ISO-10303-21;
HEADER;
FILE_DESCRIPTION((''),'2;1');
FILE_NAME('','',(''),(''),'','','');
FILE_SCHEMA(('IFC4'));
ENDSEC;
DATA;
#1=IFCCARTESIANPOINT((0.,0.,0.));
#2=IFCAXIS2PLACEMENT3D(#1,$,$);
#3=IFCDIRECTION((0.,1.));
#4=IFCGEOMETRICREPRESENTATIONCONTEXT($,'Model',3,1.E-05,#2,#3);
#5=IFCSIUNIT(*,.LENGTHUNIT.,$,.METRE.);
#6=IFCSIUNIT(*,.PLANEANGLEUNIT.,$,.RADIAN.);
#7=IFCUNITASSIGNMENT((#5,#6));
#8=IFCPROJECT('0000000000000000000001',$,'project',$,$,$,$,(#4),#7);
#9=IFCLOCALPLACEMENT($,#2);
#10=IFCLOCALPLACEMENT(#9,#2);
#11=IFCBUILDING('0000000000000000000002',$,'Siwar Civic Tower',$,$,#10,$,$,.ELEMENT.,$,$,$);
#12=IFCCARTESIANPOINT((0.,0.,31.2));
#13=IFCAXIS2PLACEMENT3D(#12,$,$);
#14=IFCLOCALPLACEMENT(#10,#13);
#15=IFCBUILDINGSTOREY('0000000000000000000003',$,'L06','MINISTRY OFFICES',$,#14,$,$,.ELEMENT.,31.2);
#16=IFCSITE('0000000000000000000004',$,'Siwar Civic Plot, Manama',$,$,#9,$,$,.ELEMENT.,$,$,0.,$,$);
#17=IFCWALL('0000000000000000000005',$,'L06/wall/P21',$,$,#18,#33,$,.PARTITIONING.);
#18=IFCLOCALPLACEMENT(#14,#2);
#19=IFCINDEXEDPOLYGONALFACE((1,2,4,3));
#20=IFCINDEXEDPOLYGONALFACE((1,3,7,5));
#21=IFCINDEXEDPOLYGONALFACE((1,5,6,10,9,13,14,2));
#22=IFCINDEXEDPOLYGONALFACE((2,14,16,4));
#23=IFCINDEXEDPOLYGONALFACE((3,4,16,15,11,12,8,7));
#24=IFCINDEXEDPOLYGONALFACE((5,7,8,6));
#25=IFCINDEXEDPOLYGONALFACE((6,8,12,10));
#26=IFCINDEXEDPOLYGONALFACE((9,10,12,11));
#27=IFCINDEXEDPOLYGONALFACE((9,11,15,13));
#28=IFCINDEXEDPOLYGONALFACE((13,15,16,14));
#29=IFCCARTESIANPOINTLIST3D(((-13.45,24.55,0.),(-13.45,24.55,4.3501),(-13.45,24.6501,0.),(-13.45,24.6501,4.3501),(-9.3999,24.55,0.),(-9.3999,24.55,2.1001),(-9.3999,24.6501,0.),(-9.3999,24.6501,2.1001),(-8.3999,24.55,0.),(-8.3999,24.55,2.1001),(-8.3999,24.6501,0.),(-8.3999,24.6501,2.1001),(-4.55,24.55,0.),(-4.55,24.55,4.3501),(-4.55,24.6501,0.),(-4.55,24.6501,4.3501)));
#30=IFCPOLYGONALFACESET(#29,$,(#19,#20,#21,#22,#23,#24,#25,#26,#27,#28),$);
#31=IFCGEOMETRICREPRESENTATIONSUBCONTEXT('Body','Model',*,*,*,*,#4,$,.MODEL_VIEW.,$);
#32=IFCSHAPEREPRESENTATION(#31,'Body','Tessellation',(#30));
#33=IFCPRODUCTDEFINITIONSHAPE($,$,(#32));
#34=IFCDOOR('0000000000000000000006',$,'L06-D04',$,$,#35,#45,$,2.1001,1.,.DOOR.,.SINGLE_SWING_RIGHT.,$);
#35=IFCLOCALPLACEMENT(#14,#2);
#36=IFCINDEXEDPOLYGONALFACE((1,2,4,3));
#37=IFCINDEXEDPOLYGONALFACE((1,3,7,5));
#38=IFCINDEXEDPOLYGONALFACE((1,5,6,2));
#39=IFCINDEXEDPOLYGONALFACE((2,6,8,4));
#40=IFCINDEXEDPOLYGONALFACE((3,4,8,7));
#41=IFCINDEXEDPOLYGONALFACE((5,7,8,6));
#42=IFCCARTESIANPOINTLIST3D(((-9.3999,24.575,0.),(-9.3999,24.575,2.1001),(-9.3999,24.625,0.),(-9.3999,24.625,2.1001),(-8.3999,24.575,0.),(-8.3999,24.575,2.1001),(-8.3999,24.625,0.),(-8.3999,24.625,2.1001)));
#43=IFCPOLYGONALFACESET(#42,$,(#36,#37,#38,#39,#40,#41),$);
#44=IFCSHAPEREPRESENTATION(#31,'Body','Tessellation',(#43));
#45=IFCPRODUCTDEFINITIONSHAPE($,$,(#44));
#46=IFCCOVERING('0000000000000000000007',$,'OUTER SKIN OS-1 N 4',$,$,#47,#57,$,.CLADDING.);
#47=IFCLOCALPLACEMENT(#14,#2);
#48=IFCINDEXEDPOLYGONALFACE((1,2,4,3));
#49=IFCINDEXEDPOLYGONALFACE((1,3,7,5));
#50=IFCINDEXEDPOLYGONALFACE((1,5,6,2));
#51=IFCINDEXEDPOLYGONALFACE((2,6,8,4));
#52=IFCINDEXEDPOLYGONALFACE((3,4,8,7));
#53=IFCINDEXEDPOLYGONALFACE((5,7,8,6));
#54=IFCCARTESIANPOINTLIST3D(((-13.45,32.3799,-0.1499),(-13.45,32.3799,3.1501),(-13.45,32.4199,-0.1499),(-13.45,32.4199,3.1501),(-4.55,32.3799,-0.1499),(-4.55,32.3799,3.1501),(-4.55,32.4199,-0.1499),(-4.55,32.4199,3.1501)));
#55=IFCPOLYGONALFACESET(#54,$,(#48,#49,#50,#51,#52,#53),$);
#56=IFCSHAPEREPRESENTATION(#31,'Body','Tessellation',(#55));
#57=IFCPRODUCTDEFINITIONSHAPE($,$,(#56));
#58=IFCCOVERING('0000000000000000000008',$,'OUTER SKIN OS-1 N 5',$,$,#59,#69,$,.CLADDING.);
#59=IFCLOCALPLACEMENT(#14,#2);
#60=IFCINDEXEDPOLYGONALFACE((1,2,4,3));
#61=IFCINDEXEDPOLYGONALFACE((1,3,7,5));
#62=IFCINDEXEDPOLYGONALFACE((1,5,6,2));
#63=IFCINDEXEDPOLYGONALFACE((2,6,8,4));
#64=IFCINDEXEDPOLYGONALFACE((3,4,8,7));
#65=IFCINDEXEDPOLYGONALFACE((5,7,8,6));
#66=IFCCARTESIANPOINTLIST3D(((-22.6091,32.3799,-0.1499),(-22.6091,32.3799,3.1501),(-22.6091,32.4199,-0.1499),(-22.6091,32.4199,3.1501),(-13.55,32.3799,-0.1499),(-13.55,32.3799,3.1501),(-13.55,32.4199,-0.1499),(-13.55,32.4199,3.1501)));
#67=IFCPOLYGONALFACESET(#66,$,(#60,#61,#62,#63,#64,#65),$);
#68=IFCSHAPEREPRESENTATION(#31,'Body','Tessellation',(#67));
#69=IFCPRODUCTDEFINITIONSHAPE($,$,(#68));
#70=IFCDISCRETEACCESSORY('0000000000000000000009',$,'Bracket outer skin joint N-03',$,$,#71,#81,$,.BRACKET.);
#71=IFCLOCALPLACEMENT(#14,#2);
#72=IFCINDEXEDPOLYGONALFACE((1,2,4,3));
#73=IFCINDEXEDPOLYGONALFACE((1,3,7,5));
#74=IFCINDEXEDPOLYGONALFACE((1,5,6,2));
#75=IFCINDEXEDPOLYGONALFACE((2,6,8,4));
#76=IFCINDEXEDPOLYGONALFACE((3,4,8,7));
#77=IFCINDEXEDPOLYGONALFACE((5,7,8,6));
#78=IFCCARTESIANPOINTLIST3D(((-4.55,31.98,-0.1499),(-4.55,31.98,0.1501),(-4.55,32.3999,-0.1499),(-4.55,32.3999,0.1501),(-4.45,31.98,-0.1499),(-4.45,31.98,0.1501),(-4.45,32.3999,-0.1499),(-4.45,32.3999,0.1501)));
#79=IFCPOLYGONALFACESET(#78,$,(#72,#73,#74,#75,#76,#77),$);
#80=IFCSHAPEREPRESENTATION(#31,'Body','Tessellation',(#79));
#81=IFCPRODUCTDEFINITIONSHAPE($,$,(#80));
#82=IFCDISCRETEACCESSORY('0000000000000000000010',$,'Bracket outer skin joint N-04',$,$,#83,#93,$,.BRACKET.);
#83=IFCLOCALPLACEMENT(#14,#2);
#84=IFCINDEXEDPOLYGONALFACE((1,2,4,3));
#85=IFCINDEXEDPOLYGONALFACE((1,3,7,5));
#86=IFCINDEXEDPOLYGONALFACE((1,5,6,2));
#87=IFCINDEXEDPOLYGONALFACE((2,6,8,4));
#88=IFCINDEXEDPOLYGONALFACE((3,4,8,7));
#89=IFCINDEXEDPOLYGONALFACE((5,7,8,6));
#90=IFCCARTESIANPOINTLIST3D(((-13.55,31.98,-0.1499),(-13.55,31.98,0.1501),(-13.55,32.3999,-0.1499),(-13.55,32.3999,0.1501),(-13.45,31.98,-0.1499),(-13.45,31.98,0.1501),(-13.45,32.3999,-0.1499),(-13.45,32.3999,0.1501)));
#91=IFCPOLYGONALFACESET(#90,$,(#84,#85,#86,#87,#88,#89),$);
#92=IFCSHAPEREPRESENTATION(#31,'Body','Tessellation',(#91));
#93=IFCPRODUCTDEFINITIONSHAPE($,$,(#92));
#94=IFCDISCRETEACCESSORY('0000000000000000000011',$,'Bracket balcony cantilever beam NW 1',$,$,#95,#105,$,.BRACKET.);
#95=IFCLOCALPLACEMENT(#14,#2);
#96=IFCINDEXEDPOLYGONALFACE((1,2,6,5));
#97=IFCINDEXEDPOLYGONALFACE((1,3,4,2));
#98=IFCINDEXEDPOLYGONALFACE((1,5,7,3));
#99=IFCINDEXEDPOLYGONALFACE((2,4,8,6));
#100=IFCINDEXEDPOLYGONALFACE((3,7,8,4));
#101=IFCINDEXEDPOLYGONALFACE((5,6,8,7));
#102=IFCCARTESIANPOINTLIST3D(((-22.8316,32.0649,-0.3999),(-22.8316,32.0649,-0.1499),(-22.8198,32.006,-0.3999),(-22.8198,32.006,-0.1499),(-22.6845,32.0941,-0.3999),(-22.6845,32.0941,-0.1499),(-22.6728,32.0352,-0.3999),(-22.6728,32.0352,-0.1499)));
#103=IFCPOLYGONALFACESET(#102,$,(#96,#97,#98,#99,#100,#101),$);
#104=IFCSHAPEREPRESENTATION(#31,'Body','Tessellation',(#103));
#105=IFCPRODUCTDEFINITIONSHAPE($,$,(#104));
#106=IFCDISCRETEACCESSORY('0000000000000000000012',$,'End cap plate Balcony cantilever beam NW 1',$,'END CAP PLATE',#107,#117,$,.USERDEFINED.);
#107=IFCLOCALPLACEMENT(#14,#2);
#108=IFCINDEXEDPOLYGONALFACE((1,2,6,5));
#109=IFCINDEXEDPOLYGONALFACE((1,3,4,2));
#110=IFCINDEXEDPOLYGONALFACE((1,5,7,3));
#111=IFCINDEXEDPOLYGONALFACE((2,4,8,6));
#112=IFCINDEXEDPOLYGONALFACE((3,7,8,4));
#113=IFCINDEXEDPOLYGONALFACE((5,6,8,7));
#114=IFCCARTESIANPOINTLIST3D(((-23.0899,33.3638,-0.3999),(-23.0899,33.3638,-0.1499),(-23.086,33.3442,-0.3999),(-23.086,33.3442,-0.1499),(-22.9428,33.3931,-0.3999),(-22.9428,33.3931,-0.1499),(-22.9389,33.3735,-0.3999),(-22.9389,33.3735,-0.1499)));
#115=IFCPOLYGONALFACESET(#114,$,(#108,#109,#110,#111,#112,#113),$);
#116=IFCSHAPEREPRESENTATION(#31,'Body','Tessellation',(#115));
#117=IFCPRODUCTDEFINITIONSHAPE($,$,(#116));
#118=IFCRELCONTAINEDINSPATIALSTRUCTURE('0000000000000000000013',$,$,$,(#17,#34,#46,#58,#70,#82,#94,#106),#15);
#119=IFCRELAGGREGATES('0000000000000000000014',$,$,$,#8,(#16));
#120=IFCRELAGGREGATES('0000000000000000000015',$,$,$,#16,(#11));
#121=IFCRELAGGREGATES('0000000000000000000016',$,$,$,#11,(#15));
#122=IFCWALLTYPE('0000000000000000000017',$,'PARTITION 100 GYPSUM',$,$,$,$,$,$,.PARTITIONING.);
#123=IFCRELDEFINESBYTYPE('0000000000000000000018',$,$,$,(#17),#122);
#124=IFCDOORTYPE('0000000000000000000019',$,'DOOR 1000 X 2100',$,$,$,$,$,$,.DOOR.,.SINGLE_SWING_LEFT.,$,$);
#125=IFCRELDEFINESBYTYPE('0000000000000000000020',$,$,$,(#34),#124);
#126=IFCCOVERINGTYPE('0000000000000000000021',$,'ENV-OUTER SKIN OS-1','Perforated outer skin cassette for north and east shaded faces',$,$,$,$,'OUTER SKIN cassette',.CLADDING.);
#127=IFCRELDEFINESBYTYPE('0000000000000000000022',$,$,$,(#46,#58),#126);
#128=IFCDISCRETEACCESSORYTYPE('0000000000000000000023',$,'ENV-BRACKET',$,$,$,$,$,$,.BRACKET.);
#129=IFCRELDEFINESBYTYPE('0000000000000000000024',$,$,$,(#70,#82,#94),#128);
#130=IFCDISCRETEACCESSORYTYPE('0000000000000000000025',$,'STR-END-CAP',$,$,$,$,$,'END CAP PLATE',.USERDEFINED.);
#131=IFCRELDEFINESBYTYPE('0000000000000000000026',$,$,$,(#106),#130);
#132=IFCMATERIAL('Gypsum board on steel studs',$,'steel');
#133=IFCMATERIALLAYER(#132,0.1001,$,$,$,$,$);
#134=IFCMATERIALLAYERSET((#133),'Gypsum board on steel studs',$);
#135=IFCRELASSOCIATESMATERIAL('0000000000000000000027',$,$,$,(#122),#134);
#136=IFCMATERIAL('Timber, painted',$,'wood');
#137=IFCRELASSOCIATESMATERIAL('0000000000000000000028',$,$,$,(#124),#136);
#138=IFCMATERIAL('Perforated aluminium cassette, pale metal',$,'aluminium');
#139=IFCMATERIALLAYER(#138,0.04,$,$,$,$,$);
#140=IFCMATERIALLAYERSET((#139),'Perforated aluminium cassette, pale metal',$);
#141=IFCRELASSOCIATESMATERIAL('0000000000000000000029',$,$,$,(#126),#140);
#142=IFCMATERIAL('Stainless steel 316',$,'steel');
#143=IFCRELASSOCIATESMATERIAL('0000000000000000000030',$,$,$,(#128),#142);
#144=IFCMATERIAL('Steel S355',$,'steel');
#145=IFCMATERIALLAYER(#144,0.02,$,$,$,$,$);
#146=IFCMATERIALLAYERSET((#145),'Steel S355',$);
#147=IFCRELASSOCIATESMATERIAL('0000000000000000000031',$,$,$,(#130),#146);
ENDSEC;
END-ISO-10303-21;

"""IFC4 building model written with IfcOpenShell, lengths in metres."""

from ifc_helpers import new_model, si_unit, direction, frame, frame_2d, origin, origin_2d, place, context, subcontext, project, spatial, rectangle, extrude, material, layer, layer_set, type_object, element, fill, save


model = new_model("IFC4")

# Units and contexts
model_context = context("Model", 3, precision=1e-05, world=origin(), true_north=direction((0.0, 1.0)))
body_context = subcontext(model_context, "Body", "Model", "MODEL_VIEW")
ifc_project = project(units=[si_unit("LENGTHUNIT", "METRE"), si_unit("PLANEANGLEUNIT", "RADIAN")], contexts=[model_context])

# Site, building, storey
site_placement = place(None, origin())
site = spatial("IfcSite", under=ifc_project, at=site_placement, Name="Siwar Civic Plot, Manama", CompositionType="ELEMENT", RefElevation=0.0)
building_placement = place(site_placement, origin())
building = spatial("IfcBuilding", under=site, at=building_placement, Name="Siwar Civic Tower", CompositionType="ELEMENT")
storey_placement = place(building_placement, frame((0.0, 0.0, 31.2)))
storey = spatial("IfcBuildingStorey", under=building, at=storey_placement, Name="L06", Description="MINISTRY OFFICES", CompositionType="ELEMENT", Elevation=31.2)

# Wall, opening, door
ifc_material_1 = material(Name="Gypsum board on steel studs", Category="steel")
ifc_layer_1 = layer(ifc_material_1, 0.1001)
ifc_layer_set_1 = layer_set([ifc_layer_1], Name="Gypsum board on steel studs")
wall_type = type_object("IfcWallType", Name="PARTITION 100 GYPSUM", PredefinedType="PARTITIONING", material=ifc_layer_set_1)
wall_placement = place(storey_placement, frame((-13.45, 24.6001, 0.0), z_axis=(0.0, 0.0, 1.0), x_axis=(1.0, 0.0, 0.0)))
wall = element("IfcWall", 1, at=wall_placement, inside=storey, type_object=wall_type, Name="L06/wall/P21", PredefinedType="PARTITIONING", context=body_context, shape_type="SweptSolid", body=[
    extrude(rectangle(XDim=8.8999, YDim=0.1001, at=frame_2d((4.45, 0.0))), origin(), (0.0, 0.0, 1.0), 4.3501),
])
opening_placement = place(wall_placement, frame((4.05, 0.0, 0.0)))
opening = element("IfcOpeningElement", 2, at=opening_placement, cuts=wall, PredefinedType="OPENING", context=body_context, shape_type="SweptSolid", body=[
    extrude(rectangle(XDim=1.0, YDim=2.1001, at=frame_2d((0.5, 1.05))), frame((0.0, 0.0601, 0.0), z_axis=(0.0, -1.0, 0.0), x_axis=(1.0, 0.0, 0.0)), (0.0, 0.0, 1.0), 0.1201),
])
ifc_material_2 = material(Name="Timber, painted", Category="wood")
door_type = type_object("IfcDoorType", Name="DOOR 1000 X 2100", OperationType="SINGLE_SWING_LEFT", PredefinedType="DOOR", material=ifc_material_2)
door_placement = place(opening_placement, origin())
door = element("IfcDoor", 3, at=door_placement, inside=storey, type_object=door_type, Name="L06-D04", OperationType="SINGLE_SWING_RIGHT", OverallHeight=2.1001, OverallWidth=1.0, PredefinedType="DOOR", context=body_context, shape_type="SweptSolid", body=[
    extrude(rectangle(XDim=1.0, YDim=2.1001, at=frame_2d((0.5, 1.05))), frame((0.0, 0.0249, 0.0), z_axis=(0.0, -1.0, 0.0), x_axis=(1.0, 0.0, 0.0)), (0.0, 0.0, 1.0), 0.05),
])
fill(opening, door)

# Coverings
ifc_material_3 = material(Name="Perforated aluminium cassette, pale metal", Category="aluminium")
ifc_layer_2 = layer(ifc_material_3, 0.04)
ifc_layer_set_2 = layer_set([ifc_layer_2], Name="Perforated aluminium cassette, pale metal")
covering_type = type_object("IfcCoveringType", Name="ENV-OUTER SKIN OS-1", Description="Perforated outer skin cassette for north and east shaded faces", ElementType="OUTER SKIN cassette", PredefinedType="CLADDING", material=ifc_layer_set_2)
covering_1_placement = place(storey_placement, frame((-9.0, 32.3999, -0.1499), z_axis=(0.0, 0.0, 1.0), x_axis=(-1.0, 0.0, 0.0)))
element("IfcCovering", 4, at=covering_1_placement, inside=storey, type_object=covering_type, Name="OUTER SKIN OS-1 N 4", PredefinedType="CLADDING", context=body_context, shape_type="SweptSolid", body=[
    extrude(rectangle(XDim=8.8999, YDim=0.04, at=origin_2d()), origin(), (0.0, 0.0, 1.0), 3.3),
])
covering_2_placement = place(storey_placement, frame((-18.0796, 32.3999, -0.1499), z_axis=(0.0, 0.0, 1.0), x_axis=(-1.0, 0.0, 0.0)))
element("IfcCovering", 5, at=covering_2_placement, inside=storey, type_object=covering_type, Name="OUTER SKIN OS-1 N 5", PredefinedType="CLADDING", context=body_context, shape_type="SweptSolid", body=[
    extrude(rectangle(XDim=9.0591, YDim=0.04, at=origin_2d()), origin(), (0.0, 0.0, 1.0), 3.3),
])

# Discrete accessories
ifc_material_4 = material(Name="Stainless steel 316", Category="steel")
discrete_accessory_type_1 = type_object("IfcDiscreteAccessoryType", Name="ENV-BRACKET", PredefinedType="BRACKET", material=ifc_material_4)
for number, where, z_axis, x_axis, name in (
    (6, (-4.5, 32.1899, -0.1499), (0.0, 0.0, 1.0), (0.0, 1.0, 0.0), "Bracket outer skin joint N-03"),
    (7, (-13.5, 32.1899, -0.1499), (0.0, 0.0, 1.0), (0.0, 1.0, 0.0), "Bracket outer skin joint N-04"),
):
    element("IfcDiscreteAccessory", number, at=place(storey_placement, frame(where, z_axis=z_axis, x_axis=x_axis)), inside=storey, type_object=discrete_accessory_type_1, Name=name, PredefinedType="BRACKET", context=body_context, shape_type="SweptSolid", body=[
        extrude(rectangle(XDim=0.4199, YDim=0.1001, at=origin_2d()), origin(), (0.0, 0.0, 1.0), 0.3),
    ])
discrete_accessory_1_placement = place(storey_placement, frame((-22.7522, 32.05, -0.3999), z_axis=(0.0, 0.0, 1.0), x_axis=(-0.19509, 0.980785, 0.0)))
element("IfcDiscreteAccessory", 8, at=discrete_accessory_1_placement, inside=storey, type_object=discrete_accessory_type_1, Name="Bracket balcony cantilever beam NW 1", PredefinedType="BRACKET", context=body_context, shape_type="SweptSolid", body=[
    extrude(rectangle(XDim=0.0601, YDim=0.1499, at=origin_2d()), origin(), (0.0, 0.0, 1.0), 0.25),
])
ifc_material_5 = material(Name="Steel S355", Category="steel")
ifc_layer_3 = layer(ifc_material_5, 0.02)
ifc_layer_set_3 = layer_set([ifc_layer_3], Name="Steel S355")
discrete_accessory_type_2 = type_object("IfcDiscreteAccessoryType", Name="STR-END-CAP", ElementType="END CAP PLATE", PredefinedType="USERDEFINED", material=ifc_layer_set_3)
discrete_accessory_2_placement = place(storey_placement, frame((-23.0144, 33.3687, -0.3999), z_axis=(0.0, 0.0, 1.0), x_axis=(-0.19509, 0.980785, 0.0)))
element("IfcDiscreteAccessory", 9, at=discrete_accessory_2_placement, inside=storey, type_object=discrete_accessory_type_2, Name="End cap plate Balcony cantilever beam NW 1", ObjectType="END CAP PLATE", PredefinedType="USERDEFINED", context=body_context, shape_type="SweptSolid", body=[
    extrude(rectangle(XDim=0.02, YDim=0.1499, at=origin_2d()), origin(), (0.0, 0.0, 1.0), 0.25),
])

save(model, "model.ifc")
